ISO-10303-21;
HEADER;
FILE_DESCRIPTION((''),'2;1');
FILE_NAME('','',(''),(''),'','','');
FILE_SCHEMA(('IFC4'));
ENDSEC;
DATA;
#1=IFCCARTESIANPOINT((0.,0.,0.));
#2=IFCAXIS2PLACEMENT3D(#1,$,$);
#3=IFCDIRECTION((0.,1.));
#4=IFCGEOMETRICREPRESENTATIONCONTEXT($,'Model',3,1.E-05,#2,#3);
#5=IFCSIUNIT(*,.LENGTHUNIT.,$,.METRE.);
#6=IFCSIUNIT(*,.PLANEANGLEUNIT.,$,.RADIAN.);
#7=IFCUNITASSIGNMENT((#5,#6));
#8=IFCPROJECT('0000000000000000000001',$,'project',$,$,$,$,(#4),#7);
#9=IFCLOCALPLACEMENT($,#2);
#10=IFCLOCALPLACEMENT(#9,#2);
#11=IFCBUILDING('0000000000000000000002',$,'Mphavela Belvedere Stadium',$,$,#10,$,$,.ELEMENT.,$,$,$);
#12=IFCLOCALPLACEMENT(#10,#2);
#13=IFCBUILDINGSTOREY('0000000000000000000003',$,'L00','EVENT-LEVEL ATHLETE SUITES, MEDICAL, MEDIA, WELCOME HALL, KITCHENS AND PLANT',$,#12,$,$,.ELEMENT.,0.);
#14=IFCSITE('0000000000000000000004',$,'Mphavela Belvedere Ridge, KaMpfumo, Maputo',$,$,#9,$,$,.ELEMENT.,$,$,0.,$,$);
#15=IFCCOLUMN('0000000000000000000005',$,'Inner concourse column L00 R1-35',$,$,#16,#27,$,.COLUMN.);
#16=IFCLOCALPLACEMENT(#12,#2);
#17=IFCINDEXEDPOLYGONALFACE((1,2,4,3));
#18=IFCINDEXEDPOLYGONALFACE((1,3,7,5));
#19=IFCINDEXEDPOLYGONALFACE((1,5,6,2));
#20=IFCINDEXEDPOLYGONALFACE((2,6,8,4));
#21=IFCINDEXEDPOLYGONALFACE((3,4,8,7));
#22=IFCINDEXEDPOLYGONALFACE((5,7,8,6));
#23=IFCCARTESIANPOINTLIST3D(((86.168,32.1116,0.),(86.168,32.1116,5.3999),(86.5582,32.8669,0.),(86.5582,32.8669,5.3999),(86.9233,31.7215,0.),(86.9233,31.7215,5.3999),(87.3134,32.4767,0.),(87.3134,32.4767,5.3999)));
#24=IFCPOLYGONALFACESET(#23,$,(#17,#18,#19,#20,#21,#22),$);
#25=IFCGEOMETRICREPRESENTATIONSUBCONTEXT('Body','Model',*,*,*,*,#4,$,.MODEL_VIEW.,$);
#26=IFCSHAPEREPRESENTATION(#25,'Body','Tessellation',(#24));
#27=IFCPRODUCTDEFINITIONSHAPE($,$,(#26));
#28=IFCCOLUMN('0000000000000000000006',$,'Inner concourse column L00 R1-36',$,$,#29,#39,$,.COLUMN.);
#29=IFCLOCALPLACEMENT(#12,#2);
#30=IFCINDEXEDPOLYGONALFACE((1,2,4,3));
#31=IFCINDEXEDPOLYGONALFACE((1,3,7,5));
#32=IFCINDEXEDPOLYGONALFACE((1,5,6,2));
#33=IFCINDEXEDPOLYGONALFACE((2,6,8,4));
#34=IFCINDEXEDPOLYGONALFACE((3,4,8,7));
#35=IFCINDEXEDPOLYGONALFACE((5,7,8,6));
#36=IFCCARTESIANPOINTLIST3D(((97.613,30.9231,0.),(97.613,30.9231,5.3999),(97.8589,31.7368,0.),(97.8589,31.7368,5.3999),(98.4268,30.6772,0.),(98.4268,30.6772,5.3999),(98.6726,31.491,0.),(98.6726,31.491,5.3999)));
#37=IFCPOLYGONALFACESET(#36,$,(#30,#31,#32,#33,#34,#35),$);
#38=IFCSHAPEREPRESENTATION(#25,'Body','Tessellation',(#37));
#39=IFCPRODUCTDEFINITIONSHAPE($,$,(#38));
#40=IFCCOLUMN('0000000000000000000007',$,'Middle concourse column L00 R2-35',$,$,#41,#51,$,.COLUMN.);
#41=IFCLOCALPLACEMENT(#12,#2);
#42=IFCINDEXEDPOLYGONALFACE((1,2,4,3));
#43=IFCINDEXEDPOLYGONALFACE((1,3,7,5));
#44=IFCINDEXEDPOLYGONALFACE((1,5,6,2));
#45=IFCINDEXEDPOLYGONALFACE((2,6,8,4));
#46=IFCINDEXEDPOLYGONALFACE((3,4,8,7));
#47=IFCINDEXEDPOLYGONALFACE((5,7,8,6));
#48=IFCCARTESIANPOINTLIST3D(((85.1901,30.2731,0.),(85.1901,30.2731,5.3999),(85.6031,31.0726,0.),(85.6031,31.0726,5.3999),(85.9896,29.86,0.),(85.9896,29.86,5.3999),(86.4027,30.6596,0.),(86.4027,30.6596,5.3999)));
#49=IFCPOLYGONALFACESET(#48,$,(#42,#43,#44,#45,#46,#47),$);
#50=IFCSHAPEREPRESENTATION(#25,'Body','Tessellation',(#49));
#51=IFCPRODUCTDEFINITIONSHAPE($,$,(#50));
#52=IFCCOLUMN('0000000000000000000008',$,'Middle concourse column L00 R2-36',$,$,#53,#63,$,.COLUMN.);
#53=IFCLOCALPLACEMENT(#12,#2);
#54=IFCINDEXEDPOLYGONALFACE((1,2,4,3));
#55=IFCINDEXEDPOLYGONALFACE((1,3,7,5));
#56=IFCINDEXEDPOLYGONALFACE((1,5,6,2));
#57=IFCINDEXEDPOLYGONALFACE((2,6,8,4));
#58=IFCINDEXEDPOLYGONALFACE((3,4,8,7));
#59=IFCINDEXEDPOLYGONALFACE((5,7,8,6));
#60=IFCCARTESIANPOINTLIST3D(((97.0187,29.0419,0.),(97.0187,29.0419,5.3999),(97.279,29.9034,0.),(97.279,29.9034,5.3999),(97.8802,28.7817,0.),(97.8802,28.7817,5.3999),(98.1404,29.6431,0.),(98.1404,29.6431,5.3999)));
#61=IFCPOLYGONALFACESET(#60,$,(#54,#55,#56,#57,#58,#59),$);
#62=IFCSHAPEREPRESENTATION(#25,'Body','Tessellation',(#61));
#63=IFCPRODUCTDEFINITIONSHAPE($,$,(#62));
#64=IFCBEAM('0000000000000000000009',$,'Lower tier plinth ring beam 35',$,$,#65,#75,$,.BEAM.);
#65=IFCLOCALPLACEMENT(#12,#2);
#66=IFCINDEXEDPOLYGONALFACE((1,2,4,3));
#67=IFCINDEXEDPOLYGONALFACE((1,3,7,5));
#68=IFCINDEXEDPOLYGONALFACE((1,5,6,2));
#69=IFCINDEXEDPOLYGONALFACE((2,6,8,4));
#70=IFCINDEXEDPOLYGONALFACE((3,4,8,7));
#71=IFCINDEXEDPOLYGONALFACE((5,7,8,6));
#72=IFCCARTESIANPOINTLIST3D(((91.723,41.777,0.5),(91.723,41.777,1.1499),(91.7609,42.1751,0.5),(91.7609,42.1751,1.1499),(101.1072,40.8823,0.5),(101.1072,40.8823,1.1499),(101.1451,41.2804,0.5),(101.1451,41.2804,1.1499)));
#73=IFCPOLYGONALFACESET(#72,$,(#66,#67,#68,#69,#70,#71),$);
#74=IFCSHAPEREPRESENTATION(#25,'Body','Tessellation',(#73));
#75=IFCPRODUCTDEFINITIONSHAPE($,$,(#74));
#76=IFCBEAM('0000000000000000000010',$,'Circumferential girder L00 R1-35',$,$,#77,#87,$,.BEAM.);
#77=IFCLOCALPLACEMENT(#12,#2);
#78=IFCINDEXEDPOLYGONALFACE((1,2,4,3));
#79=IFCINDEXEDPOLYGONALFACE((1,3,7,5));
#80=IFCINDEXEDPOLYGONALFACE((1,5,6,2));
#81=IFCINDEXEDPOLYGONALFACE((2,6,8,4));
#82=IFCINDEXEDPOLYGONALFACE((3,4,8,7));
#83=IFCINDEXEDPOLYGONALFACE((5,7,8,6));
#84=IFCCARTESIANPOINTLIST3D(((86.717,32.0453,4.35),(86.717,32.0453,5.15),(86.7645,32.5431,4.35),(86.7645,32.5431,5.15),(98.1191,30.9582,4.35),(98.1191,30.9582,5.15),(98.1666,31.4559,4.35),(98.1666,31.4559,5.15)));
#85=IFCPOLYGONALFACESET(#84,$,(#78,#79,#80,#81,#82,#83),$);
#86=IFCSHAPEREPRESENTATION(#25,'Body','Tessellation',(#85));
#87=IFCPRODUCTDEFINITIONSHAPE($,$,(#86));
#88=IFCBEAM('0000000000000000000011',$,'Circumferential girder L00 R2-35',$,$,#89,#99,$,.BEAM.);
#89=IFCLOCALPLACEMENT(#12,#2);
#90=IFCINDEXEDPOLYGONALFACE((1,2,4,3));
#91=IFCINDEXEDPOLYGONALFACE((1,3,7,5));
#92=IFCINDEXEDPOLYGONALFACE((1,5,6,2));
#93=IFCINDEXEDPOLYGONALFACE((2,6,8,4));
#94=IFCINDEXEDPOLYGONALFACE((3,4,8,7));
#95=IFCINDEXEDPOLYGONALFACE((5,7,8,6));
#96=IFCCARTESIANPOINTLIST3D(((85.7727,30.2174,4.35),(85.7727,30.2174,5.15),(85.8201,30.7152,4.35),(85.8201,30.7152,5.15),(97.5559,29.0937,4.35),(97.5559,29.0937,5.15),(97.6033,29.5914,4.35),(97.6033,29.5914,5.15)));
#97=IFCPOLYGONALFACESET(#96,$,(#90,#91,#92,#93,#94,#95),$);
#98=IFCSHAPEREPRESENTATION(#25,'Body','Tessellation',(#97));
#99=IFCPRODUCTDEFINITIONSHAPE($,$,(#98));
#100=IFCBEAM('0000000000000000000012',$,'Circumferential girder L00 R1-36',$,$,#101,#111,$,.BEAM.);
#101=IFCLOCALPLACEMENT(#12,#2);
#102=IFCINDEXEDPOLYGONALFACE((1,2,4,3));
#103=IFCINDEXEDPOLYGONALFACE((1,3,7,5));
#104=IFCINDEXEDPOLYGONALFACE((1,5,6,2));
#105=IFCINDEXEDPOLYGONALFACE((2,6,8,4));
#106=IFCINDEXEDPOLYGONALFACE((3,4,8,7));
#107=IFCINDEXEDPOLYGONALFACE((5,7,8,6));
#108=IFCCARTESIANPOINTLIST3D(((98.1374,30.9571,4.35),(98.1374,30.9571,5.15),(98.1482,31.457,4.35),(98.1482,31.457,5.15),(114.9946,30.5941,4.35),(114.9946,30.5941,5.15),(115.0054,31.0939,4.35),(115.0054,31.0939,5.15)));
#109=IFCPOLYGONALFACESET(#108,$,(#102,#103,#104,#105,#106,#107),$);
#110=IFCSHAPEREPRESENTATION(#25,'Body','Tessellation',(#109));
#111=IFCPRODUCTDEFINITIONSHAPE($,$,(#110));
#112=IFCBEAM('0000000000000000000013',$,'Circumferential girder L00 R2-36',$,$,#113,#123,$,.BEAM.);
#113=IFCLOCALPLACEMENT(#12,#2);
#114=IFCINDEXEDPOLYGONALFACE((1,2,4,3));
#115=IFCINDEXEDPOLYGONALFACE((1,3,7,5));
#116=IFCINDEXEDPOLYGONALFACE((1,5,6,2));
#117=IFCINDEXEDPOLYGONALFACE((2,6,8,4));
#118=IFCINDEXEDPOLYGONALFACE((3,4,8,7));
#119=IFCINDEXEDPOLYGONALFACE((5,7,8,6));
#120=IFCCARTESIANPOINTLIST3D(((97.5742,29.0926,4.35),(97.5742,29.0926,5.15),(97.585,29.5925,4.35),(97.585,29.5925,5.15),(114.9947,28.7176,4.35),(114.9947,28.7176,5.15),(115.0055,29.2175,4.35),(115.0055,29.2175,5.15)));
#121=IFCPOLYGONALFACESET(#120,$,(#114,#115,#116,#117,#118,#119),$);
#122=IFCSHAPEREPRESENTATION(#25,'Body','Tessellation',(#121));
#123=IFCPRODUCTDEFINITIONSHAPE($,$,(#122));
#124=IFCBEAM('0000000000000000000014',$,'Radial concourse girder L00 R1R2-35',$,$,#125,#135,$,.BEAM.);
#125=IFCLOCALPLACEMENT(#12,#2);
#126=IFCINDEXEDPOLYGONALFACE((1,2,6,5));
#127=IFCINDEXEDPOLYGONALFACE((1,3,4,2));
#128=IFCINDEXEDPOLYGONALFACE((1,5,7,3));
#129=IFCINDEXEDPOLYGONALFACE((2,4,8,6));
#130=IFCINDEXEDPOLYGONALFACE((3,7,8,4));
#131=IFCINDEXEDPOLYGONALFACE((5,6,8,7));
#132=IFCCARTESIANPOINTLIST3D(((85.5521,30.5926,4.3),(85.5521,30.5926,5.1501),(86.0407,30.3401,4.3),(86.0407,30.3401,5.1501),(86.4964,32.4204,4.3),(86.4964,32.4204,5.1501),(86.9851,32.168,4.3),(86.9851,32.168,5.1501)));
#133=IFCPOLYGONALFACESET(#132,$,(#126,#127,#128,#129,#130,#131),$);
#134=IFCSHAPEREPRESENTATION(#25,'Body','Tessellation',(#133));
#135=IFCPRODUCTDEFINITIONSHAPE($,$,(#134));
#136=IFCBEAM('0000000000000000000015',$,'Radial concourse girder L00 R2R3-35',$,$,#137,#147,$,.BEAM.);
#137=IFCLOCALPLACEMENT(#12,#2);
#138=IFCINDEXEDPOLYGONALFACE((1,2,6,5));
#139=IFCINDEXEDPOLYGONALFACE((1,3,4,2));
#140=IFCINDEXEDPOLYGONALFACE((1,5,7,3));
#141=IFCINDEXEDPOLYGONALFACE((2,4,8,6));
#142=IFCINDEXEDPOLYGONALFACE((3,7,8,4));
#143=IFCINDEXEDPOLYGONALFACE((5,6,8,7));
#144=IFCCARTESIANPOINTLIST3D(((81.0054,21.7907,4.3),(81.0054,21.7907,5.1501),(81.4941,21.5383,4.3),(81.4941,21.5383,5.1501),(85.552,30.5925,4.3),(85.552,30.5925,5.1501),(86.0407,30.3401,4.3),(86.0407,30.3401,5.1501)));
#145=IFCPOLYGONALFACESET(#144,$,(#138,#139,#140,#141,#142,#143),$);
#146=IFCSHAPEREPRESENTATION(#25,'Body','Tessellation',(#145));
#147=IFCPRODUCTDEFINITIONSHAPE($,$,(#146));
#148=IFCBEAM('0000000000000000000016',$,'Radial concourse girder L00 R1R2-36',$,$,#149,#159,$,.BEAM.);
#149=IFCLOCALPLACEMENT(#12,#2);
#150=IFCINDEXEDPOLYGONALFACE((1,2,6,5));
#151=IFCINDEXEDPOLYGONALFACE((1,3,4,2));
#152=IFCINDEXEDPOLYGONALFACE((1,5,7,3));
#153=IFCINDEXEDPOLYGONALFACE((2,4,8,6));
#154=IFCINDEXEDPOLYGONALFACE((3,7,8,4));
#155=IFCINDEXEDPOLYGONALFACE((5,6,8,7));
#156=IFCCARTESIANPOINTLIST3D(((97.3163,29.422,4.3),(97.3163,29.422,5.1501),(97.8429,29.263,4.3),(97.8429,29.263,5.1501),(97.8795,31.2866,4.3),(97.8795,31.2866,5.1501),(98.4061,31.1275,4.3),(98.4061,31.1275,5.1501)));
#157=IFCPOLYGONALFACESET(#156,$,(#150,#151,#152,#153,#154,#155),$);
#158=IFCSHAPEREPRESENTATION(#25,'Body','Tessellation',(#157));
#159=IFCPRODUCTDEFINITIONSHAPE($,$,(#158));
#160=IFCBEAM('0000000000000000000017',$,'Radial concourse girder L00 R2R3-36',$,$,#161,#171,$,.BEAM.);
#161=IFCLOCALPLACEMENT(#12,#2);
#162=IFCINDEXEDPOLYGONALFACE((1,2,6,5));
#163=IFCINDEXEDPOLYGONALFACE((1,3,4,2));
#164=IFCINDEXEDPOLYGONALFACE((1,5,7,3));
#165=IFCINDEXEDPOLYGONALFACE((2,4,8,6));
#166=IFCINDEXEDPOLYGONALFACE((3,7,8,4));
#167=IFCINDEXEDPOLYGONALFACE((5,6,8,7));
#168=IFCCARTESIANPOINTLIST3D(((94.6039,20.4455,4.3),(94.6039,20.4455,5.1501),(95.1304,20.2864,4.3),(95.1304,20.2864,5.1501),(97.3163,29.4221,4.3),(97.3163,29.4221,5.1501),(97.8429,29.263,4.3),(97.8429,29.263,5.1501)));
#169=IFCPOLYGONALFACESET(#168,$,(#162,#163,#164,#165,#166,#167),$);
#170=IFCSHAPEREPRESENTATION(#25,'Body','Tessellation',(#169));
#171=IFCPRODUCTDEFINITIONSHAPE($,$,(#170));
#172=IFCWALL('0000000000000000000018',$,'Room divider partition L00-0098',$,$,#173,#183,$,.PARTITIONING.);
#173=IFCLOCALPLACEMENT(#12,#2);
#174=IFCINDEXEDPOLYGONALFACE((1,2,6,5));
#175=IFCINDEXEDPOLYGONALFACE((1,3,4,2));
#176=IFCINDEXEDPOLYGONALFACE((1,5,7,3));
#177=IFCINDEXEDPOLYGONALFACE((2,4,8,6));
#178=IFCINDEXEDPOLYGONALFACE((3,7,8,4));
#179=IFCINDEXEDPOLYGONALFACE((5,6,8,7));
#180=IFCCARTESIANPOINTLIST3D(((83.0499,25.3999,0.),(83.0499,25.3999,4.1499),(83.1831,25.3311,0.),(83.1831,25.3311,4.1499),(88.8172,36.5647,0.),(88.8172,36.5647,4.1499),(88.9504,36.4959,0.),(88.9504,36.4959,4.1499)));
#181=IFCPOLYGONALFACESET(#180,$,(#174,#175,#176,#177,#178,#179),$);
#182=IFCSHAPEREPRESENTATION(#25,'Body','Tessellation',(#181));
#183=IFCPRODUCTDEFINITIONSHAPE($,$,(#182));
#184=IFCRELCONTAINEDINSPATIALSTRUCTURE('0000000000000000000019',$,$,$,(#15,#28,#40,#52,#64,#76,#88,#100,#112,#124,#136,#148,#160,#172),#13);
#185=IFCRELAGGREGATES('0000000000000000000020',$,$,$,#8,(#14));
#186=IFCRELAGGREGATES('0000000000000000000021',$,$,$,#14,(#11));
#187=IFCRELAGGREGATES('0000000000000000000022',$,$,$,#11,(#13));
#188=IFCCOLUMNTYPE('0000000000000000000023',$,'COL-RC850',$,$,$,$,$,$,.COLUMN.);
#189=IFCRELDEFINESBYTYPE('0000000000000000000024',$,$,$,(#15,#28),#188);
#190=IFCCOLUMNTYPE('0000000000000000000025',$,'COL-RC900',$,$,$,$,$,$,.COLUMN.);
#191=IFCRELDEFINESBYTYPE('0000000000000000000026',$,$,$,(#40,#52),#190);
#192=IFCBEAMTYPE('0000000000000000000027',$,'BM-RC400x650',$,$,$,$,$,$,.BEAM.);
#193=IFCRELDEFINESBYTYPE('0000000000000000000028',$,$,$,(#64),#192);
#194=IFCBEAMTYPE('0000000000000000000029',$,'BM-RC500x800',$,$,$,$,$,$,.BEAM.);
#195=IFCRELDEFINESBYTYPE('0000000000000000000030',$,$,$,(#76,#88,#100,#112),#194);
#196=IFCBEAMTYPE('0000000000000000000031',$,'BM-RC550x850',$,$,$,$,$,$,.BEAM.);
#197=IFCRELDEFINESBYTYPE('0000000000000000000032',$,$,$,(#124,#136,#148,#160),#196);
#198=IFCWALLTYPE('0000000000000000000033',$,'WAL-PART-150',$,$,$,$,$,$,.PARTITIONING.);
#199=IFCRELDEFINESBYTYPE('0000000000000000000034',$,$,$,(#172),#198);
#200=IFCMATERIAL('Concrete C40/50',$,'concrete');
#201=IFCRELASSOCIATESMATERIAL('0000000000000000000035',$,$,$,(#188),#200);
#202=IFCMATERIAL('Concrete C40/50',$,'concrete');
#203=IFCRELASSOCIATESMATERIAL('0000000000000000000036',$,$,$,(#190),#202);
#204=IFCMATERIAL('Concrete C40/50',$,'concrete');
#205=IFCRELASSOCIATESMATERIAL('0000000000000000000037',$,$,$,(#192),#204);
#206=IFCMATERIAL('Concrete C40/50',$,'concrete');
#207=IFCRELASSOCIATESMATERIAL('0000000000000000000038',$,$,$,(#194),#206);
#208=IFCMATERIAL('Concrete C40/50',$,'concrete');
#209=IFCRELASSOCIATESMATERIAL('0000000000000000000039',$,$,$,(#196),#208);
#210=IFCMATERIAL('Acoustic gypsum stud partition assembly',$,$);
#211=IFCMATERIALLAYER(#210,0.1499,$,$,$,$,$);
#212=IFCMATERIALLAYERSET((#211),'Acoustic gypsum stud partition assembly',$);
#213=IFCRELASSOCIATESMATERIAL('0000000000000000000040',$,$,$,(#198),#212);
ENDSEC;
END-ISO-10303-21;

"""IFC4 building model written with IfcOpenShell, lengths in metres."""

from ifc_helpers import new_model, si_unit, direction, frame, frame_2d, origin, origin_2d, place, context, subcontext, project, spatial, rectangle, extrude, material, layer, layer_set, material_profile, profile_set, type_object, element, save


model = new_model("IFC4")

# Units and contexts
model_context = context("Model", 3, precision=1e-05, world=origin(), true_north=direction((0.0, 1.0)))
body_context = subcontext(model_context, "Body", "Model", "MODEL_VIEW")
ifc_project = project(units=[si_unit("LENGTHUNIT", "METRE"), si_unit("PLANEANGLEUNIT", "RADIAN")], contexts=[model_context])

# Site, building, storey
site_placement = place(None, origin())
site = spatial("IfcSite", under=ifc_project, at=site_placement, Name="Mphavela Belvedere Ridge, KaMpfumo, Maputo", CompositionType="ELEMENT", RefElevation=0.0)
building_placement = place(site_placement, origin())
building = spatial("IfcBuilding", under=site, at=building_placement, Name="Mphavela Belvedere Stadium", CompositionType="ELEMENT")
storey_placement = place(building_placement, origin())
storey = spatial("IfcBuildingStorey", under=building, at=storey_placement, Name="L00", Description="EVENT-LEVEL ATHLETE SUITES, MEDICAL, MEDIA, WELCOME HALL, KITCHENS AND PLANT", CompositionType="ELEMENT", Elevation=0.0)

# Columns
ifc_material_1 = material(Name="Concrete C40/50", Category="concrete")
ifc_material_profile_1 = material_profile(ifc_material_1, rectangle(XDim=0.8501, YDim=0.8501, at=origin_2d()), Name="RC 850x850")
ifc_profile_set_1 = profile_set([ifc_material_profile_1], Name="Concrete C40/50")
column_type_1 = type_object("IfcColumnType", Name="COL-RC850", PredefinedType="COLUMN", material=ifc_profile_set_1)
for number, where, z_axis, x_axis, name in (
    (1, (86.7407, 32.2942, 0.0), (0.0, 0.0, 1.0), (-0.45896, -0.888457, 0.0), "Inner concourse column L00 R1-35"),
    (2, (98.1428, 31.207, 0.0), (0.0, 0.0, 1.0), (-0.289199, -0.957269, 0.0), "Inner concourse column L00 R1-36"),
):
    element("IfcColumn", number, at=place(storey_placement, frame(where, z_axis=z_axis, x_axis=x_axis)), inside=storey, type_object=column_type_1, Name=name, PredefinedType="COLUMN", context=body_context, shape_type="SweptSolid", body=[
        extrude(rectangle(XDim=0.8501, YDim=0.8501, at=origin_2d()), origin(), (0.0, 0.0, 1.0), 5.3999),
    ])
ifc_material_2 = material(Name="Concrete C40/50", Category="concrete")
ifc_material_profile_2 = material_profile(ifc_material_2, rectangle(XDim=0.8999, YDim=0.8999, at=origin_2d()), Name="RC 900x900")
ifc_profile_set_2 = profile_set([ifc_material_profile_2], Name="Concrete C40/50")
column_type_2 = type_object("IfcColumnType", Name="COL-RC900", PredefinedType="COLUMN", material=ifc_profile_set_2)
for number, where, z_axis, x_axis, name in (
    (3, (85.7964, 30.4663, 0.0), (0.0, 0.0, 1.0), (-0.45896, -0.888457, 0.0), "Middle concourse column L00 R2-35"),
    (4, (97.5796, 29.3425, 0.0), (0.0, 0.0, 1.0), (-0.289199, -0.957269, 0.0), "Middle concourse column L00 R2-36"),
):
    element("IfcColumn", number, at=place(storey_placement, frame(where, z_axis=z_axis, x_axis=x_axis)), inside=storey, type_object=column_type_2, Name=name, PredefinedType="COLUMN", context=body_context, shape_type="SweptSolid", body=[
        extrude(rectangle(XDim=0.8999, YDim=0.8999, at=origin_2d()), origin(), (0.0, 0.0, 1.0), 5.3999),
    ])

# Beams
ifc_material_3 = material(Name="Concrete C40/50", Category="concrete")
ifc_material_profile_3 = material_profile(ifc_material_3, rectangle(XDim=0.3999, YDim=0.6499, at=origin_2d()), Name="RC 400x650")
ifc_profile_set_3 = profile_set([ifc_material_profile_3], Name="Concrete C40/50")
beam_type_1 = type_object("IfcBeamType", Name="BM-RC400x650", PredefinedType="BEAM", material=ifc_profile_set_3)
beam_1_placement = place(storey_placement, frame((91.7419, 41.9761, 0.825), z_axis=(0.995485, -0.094918, 0.0), x_axis=(0.094918, 0.995485, 0.0)))
element("IfcBeam", 5, at=beam_1_placement, inside=storey, type_object=beam_type_1, Name="Lower tier plinth ring beam 35", PredefinedType="BEAM", context=body_context, shape_type="SweptSolid", body=[
    extrude(rectangle(XDim=0.3999, YDim=0.6499, at=origin_2d()), origin(), (0.0, 0.0, 1.0), 9.4268),
])
ifc_material_4 = material(Name="Concrete C40/50", Category="concrete")
ifc_material_profile_4 = material_profile(ifc_material_4, rectangle(XDim=0.5, YDim=0.8, at=origin_2d()), Name="RC 500x800")
ifc_profile_set_4 = profile_set([ifc_material_profile_4], Name="Concrete C40/50")
beam_type_2 = type_object("IfcBeamType", Name="BM-RC500x800", PredefinedType="BEAM", material=ifc_profile_set_4)
beam_2_placement = place(storey_placement, frame((86.7407, 32.2942, 4.75), z_axis=(0.995485, -0.094917, 0.0), x_axis=(0.094917, 0.995485, 0.0)))
element("IfcBeam", 6, at=beam_2_placement, inside=storey, type_object=beam_type_2, Name="Circumferential girder L00 R1-35", PredefinedType="BEAM", context=body_context, shape_type="SweptSolid", body=[
    extrude(rectangle(XDim=0.5, YDim=0.8, at=origin_2d()), origin(), (0.0, 0.0, 1.0), 11.4539),
])
beam_3_placement = place(storey_placement, frame((85.7964, 30.4663, 4.75), z_axis=(0.995483, -0.09494, 0.0), x_axis=(0.09494, 0.995483, 0.0)))
element("IfcBeam", 7, at=beam_3_placement, inside=storey, type_object=beam_type_2, Name="Circumferential girder L00 R2-35", PredefinedType="BEAM", context=body_context, shape_type="SweptSolid", body=[
    extrude(rectangle(XDim=0.5, YDim=0.8, at=origin_2d()), origin(), (0.0, 0.0, 1.0), 11.8367),
])
beam_4_placement = place(storey_placement, frame((98.1428, 31.207, 4.75), z_axis=(0.999768, -0.021531, 0.0), x_axis=(0.021531, 0.999768, 0.0)))
element("IfcBeam", 8, at=beam_4_placement, inside=storey, type_object=beam_type_2, Name="Circumferential girder L00 R1-36", PredefinedType="BEAM", context=body_context, shape_type="SweptSolid", body=[
    extrude(rectangle(XDim=0.5, YDim=0.8, at=origin_2d()), origin(), (0.0, 0.0, 1.0), 16.8611),
])
beam_5_placement = place(storey_placement, frame((97.5796, 29.3425, 4.75), z_axis=(0.999768, -0.021521, 0.0), x_axis=(0.021521, 0.999768, 0.0)))
element("IfcBeam", 9, at=beam_5_placement, inside=storey, type_object=beam_type_2, Name="Circumferential girder L00 R2-36", PredefinedType="BEAM", context=body_context, shape_type="SweptSolid", body=[
    extrude(rectangle(XDim=0.5, YDim=0.8, at=origin_2d()), origin(), (0.0, 0.0, 1.0), 17.4246),
])
ifc_material_5 = material(Name="Concrete C40/50", Category="concrete")
ifc_material_profile_5 = material_profile(ifc_material_5, rectangle(XDim=0.55, YDim=0.8501, at=origin_2d()), Name="RC 550x850")
ifc_profile_set_5 = profile_set([ifc_material_profile_5], Name="Concrete C40/50")
beam_type_3 = type_object("IfcBeamType", Name="BM-RC550x850", PredefinedType="BEAM", material=ifc_profile_set_5)
beam_6_placement = place(storey_placement, frame((86.7407, 32.2942, 4.7251), z_axis=(-0.458994, -0.88844, 0.0), x_axis=(0.88844, -0.458994, 0.0)))
element("IfcBeam", 10, at=beam_6_placement, inside=storey, type_object=beam_type_3, Name="Radial concourse girder L00 R1R2-35", PredefinedType="BEAM", context=body_context, shape_type="SweptSolid", body=[
    extrude(rectangle(XDim=0.55, YDim=0.8501, at=origin_2d()), origin(), (0.0, 0.0, 1.0), 2.0574),
])
beam_7_placement = place(storey_placement, frame((85.7964, 30.4663, 4.7251), z_axis=(-0.458945, -0.888465, 0.0), x_axis=(0.888465, -0.458945, 0.0)))
element("IfcBeam", 11, at=beam_7_placement, inside=storey, type_object=beam_type_3, Name="Radial concourse girder L00 R2R3-35", PredefinedType="BEAM", context=body_context, shape_type="SweptSolid", body=[
    extrude(rectangle(XDim=0.55, YDim=0.8501, at=origin_2d()), origin(), (0.0, 0.0, 1.0), 9.9067),
])
beam_8_placement = place(storey_placement, frame((98.1428, 31.207, 4.7251), z_axis=(-0.289176, -0.957276, 0.0), x_axis=(0.957276, -0.289176, 0.0)))
element("IfcBeam", 12, at=beam_8_placement, inside=storey, type_object=beam_type_3, Name="Radial concourse girder L00 R1R2-36", PredefinedType="BEAM", context=body_context, shape_type="SweptSolid", body=[
    extrude(rectangle(XDim=0.55, YDim=0.8501, at=origin_2d()), origin(), (0.0, 0.0, 1.0), 1.9478),
])
beam_9_placement = place(storey_placement, frame((97.5796, 29.3425, 4.7251), z_axis=(-0.289249, -0.957254, 0.0), x_axis=(0.957254, -0.289249, 0.0)))
element("IfcBeam", 13, at=beam_9_placement, inside=storey, type_object=beam_type_3, Name="Radial concourse girder L00 R2R3-36", PredefinedType="BEAM", context=body_context, shape_type="SweptSolid", body=[
    extrude(rectangle(XDim=0.55, YDim=0.8501, at=origin_2d()), origin(), (0.0, 0.0, 1.0), 9.3774),
])

# Wall
ifc_material_6 = material(Name="Acoustic gypsum stud partition assembly")
ifc_layer = layer(ifc_material_6, 0.1499)
ifc_layer_set = layer_set([ifc_layer], Name="Acoustic gypsum stud partition assembly")
wall_type = type_object("IfcWallType", Name="WAL-PART-150", PredefinedType="PARTITIONING", material=ifc_layer_set)
wall_1_placement = place(storey_placement, frame((88.8838, 36.5303, 0.0), z_axis=(0.0, 0.0, 1.0), x_axis=(-0.458948, -0.888463, 0.0)))
element("IfcWall", 14, at=wall_1_placement, inside=storey, type_object=wall_type, Name="Room divider partition L00-0098", PredefinedType="PARTITIONING", context=body_context, shape_type="SweptSolid", body=[
    extrude(rectangle(XDim=12.5664, YDim=0.1499, at=frame_2d((6.2832, 0.0))), origin(), (0.0, 0.0, 1.0), 4.1499),
])

save(model, "model.ifc")
